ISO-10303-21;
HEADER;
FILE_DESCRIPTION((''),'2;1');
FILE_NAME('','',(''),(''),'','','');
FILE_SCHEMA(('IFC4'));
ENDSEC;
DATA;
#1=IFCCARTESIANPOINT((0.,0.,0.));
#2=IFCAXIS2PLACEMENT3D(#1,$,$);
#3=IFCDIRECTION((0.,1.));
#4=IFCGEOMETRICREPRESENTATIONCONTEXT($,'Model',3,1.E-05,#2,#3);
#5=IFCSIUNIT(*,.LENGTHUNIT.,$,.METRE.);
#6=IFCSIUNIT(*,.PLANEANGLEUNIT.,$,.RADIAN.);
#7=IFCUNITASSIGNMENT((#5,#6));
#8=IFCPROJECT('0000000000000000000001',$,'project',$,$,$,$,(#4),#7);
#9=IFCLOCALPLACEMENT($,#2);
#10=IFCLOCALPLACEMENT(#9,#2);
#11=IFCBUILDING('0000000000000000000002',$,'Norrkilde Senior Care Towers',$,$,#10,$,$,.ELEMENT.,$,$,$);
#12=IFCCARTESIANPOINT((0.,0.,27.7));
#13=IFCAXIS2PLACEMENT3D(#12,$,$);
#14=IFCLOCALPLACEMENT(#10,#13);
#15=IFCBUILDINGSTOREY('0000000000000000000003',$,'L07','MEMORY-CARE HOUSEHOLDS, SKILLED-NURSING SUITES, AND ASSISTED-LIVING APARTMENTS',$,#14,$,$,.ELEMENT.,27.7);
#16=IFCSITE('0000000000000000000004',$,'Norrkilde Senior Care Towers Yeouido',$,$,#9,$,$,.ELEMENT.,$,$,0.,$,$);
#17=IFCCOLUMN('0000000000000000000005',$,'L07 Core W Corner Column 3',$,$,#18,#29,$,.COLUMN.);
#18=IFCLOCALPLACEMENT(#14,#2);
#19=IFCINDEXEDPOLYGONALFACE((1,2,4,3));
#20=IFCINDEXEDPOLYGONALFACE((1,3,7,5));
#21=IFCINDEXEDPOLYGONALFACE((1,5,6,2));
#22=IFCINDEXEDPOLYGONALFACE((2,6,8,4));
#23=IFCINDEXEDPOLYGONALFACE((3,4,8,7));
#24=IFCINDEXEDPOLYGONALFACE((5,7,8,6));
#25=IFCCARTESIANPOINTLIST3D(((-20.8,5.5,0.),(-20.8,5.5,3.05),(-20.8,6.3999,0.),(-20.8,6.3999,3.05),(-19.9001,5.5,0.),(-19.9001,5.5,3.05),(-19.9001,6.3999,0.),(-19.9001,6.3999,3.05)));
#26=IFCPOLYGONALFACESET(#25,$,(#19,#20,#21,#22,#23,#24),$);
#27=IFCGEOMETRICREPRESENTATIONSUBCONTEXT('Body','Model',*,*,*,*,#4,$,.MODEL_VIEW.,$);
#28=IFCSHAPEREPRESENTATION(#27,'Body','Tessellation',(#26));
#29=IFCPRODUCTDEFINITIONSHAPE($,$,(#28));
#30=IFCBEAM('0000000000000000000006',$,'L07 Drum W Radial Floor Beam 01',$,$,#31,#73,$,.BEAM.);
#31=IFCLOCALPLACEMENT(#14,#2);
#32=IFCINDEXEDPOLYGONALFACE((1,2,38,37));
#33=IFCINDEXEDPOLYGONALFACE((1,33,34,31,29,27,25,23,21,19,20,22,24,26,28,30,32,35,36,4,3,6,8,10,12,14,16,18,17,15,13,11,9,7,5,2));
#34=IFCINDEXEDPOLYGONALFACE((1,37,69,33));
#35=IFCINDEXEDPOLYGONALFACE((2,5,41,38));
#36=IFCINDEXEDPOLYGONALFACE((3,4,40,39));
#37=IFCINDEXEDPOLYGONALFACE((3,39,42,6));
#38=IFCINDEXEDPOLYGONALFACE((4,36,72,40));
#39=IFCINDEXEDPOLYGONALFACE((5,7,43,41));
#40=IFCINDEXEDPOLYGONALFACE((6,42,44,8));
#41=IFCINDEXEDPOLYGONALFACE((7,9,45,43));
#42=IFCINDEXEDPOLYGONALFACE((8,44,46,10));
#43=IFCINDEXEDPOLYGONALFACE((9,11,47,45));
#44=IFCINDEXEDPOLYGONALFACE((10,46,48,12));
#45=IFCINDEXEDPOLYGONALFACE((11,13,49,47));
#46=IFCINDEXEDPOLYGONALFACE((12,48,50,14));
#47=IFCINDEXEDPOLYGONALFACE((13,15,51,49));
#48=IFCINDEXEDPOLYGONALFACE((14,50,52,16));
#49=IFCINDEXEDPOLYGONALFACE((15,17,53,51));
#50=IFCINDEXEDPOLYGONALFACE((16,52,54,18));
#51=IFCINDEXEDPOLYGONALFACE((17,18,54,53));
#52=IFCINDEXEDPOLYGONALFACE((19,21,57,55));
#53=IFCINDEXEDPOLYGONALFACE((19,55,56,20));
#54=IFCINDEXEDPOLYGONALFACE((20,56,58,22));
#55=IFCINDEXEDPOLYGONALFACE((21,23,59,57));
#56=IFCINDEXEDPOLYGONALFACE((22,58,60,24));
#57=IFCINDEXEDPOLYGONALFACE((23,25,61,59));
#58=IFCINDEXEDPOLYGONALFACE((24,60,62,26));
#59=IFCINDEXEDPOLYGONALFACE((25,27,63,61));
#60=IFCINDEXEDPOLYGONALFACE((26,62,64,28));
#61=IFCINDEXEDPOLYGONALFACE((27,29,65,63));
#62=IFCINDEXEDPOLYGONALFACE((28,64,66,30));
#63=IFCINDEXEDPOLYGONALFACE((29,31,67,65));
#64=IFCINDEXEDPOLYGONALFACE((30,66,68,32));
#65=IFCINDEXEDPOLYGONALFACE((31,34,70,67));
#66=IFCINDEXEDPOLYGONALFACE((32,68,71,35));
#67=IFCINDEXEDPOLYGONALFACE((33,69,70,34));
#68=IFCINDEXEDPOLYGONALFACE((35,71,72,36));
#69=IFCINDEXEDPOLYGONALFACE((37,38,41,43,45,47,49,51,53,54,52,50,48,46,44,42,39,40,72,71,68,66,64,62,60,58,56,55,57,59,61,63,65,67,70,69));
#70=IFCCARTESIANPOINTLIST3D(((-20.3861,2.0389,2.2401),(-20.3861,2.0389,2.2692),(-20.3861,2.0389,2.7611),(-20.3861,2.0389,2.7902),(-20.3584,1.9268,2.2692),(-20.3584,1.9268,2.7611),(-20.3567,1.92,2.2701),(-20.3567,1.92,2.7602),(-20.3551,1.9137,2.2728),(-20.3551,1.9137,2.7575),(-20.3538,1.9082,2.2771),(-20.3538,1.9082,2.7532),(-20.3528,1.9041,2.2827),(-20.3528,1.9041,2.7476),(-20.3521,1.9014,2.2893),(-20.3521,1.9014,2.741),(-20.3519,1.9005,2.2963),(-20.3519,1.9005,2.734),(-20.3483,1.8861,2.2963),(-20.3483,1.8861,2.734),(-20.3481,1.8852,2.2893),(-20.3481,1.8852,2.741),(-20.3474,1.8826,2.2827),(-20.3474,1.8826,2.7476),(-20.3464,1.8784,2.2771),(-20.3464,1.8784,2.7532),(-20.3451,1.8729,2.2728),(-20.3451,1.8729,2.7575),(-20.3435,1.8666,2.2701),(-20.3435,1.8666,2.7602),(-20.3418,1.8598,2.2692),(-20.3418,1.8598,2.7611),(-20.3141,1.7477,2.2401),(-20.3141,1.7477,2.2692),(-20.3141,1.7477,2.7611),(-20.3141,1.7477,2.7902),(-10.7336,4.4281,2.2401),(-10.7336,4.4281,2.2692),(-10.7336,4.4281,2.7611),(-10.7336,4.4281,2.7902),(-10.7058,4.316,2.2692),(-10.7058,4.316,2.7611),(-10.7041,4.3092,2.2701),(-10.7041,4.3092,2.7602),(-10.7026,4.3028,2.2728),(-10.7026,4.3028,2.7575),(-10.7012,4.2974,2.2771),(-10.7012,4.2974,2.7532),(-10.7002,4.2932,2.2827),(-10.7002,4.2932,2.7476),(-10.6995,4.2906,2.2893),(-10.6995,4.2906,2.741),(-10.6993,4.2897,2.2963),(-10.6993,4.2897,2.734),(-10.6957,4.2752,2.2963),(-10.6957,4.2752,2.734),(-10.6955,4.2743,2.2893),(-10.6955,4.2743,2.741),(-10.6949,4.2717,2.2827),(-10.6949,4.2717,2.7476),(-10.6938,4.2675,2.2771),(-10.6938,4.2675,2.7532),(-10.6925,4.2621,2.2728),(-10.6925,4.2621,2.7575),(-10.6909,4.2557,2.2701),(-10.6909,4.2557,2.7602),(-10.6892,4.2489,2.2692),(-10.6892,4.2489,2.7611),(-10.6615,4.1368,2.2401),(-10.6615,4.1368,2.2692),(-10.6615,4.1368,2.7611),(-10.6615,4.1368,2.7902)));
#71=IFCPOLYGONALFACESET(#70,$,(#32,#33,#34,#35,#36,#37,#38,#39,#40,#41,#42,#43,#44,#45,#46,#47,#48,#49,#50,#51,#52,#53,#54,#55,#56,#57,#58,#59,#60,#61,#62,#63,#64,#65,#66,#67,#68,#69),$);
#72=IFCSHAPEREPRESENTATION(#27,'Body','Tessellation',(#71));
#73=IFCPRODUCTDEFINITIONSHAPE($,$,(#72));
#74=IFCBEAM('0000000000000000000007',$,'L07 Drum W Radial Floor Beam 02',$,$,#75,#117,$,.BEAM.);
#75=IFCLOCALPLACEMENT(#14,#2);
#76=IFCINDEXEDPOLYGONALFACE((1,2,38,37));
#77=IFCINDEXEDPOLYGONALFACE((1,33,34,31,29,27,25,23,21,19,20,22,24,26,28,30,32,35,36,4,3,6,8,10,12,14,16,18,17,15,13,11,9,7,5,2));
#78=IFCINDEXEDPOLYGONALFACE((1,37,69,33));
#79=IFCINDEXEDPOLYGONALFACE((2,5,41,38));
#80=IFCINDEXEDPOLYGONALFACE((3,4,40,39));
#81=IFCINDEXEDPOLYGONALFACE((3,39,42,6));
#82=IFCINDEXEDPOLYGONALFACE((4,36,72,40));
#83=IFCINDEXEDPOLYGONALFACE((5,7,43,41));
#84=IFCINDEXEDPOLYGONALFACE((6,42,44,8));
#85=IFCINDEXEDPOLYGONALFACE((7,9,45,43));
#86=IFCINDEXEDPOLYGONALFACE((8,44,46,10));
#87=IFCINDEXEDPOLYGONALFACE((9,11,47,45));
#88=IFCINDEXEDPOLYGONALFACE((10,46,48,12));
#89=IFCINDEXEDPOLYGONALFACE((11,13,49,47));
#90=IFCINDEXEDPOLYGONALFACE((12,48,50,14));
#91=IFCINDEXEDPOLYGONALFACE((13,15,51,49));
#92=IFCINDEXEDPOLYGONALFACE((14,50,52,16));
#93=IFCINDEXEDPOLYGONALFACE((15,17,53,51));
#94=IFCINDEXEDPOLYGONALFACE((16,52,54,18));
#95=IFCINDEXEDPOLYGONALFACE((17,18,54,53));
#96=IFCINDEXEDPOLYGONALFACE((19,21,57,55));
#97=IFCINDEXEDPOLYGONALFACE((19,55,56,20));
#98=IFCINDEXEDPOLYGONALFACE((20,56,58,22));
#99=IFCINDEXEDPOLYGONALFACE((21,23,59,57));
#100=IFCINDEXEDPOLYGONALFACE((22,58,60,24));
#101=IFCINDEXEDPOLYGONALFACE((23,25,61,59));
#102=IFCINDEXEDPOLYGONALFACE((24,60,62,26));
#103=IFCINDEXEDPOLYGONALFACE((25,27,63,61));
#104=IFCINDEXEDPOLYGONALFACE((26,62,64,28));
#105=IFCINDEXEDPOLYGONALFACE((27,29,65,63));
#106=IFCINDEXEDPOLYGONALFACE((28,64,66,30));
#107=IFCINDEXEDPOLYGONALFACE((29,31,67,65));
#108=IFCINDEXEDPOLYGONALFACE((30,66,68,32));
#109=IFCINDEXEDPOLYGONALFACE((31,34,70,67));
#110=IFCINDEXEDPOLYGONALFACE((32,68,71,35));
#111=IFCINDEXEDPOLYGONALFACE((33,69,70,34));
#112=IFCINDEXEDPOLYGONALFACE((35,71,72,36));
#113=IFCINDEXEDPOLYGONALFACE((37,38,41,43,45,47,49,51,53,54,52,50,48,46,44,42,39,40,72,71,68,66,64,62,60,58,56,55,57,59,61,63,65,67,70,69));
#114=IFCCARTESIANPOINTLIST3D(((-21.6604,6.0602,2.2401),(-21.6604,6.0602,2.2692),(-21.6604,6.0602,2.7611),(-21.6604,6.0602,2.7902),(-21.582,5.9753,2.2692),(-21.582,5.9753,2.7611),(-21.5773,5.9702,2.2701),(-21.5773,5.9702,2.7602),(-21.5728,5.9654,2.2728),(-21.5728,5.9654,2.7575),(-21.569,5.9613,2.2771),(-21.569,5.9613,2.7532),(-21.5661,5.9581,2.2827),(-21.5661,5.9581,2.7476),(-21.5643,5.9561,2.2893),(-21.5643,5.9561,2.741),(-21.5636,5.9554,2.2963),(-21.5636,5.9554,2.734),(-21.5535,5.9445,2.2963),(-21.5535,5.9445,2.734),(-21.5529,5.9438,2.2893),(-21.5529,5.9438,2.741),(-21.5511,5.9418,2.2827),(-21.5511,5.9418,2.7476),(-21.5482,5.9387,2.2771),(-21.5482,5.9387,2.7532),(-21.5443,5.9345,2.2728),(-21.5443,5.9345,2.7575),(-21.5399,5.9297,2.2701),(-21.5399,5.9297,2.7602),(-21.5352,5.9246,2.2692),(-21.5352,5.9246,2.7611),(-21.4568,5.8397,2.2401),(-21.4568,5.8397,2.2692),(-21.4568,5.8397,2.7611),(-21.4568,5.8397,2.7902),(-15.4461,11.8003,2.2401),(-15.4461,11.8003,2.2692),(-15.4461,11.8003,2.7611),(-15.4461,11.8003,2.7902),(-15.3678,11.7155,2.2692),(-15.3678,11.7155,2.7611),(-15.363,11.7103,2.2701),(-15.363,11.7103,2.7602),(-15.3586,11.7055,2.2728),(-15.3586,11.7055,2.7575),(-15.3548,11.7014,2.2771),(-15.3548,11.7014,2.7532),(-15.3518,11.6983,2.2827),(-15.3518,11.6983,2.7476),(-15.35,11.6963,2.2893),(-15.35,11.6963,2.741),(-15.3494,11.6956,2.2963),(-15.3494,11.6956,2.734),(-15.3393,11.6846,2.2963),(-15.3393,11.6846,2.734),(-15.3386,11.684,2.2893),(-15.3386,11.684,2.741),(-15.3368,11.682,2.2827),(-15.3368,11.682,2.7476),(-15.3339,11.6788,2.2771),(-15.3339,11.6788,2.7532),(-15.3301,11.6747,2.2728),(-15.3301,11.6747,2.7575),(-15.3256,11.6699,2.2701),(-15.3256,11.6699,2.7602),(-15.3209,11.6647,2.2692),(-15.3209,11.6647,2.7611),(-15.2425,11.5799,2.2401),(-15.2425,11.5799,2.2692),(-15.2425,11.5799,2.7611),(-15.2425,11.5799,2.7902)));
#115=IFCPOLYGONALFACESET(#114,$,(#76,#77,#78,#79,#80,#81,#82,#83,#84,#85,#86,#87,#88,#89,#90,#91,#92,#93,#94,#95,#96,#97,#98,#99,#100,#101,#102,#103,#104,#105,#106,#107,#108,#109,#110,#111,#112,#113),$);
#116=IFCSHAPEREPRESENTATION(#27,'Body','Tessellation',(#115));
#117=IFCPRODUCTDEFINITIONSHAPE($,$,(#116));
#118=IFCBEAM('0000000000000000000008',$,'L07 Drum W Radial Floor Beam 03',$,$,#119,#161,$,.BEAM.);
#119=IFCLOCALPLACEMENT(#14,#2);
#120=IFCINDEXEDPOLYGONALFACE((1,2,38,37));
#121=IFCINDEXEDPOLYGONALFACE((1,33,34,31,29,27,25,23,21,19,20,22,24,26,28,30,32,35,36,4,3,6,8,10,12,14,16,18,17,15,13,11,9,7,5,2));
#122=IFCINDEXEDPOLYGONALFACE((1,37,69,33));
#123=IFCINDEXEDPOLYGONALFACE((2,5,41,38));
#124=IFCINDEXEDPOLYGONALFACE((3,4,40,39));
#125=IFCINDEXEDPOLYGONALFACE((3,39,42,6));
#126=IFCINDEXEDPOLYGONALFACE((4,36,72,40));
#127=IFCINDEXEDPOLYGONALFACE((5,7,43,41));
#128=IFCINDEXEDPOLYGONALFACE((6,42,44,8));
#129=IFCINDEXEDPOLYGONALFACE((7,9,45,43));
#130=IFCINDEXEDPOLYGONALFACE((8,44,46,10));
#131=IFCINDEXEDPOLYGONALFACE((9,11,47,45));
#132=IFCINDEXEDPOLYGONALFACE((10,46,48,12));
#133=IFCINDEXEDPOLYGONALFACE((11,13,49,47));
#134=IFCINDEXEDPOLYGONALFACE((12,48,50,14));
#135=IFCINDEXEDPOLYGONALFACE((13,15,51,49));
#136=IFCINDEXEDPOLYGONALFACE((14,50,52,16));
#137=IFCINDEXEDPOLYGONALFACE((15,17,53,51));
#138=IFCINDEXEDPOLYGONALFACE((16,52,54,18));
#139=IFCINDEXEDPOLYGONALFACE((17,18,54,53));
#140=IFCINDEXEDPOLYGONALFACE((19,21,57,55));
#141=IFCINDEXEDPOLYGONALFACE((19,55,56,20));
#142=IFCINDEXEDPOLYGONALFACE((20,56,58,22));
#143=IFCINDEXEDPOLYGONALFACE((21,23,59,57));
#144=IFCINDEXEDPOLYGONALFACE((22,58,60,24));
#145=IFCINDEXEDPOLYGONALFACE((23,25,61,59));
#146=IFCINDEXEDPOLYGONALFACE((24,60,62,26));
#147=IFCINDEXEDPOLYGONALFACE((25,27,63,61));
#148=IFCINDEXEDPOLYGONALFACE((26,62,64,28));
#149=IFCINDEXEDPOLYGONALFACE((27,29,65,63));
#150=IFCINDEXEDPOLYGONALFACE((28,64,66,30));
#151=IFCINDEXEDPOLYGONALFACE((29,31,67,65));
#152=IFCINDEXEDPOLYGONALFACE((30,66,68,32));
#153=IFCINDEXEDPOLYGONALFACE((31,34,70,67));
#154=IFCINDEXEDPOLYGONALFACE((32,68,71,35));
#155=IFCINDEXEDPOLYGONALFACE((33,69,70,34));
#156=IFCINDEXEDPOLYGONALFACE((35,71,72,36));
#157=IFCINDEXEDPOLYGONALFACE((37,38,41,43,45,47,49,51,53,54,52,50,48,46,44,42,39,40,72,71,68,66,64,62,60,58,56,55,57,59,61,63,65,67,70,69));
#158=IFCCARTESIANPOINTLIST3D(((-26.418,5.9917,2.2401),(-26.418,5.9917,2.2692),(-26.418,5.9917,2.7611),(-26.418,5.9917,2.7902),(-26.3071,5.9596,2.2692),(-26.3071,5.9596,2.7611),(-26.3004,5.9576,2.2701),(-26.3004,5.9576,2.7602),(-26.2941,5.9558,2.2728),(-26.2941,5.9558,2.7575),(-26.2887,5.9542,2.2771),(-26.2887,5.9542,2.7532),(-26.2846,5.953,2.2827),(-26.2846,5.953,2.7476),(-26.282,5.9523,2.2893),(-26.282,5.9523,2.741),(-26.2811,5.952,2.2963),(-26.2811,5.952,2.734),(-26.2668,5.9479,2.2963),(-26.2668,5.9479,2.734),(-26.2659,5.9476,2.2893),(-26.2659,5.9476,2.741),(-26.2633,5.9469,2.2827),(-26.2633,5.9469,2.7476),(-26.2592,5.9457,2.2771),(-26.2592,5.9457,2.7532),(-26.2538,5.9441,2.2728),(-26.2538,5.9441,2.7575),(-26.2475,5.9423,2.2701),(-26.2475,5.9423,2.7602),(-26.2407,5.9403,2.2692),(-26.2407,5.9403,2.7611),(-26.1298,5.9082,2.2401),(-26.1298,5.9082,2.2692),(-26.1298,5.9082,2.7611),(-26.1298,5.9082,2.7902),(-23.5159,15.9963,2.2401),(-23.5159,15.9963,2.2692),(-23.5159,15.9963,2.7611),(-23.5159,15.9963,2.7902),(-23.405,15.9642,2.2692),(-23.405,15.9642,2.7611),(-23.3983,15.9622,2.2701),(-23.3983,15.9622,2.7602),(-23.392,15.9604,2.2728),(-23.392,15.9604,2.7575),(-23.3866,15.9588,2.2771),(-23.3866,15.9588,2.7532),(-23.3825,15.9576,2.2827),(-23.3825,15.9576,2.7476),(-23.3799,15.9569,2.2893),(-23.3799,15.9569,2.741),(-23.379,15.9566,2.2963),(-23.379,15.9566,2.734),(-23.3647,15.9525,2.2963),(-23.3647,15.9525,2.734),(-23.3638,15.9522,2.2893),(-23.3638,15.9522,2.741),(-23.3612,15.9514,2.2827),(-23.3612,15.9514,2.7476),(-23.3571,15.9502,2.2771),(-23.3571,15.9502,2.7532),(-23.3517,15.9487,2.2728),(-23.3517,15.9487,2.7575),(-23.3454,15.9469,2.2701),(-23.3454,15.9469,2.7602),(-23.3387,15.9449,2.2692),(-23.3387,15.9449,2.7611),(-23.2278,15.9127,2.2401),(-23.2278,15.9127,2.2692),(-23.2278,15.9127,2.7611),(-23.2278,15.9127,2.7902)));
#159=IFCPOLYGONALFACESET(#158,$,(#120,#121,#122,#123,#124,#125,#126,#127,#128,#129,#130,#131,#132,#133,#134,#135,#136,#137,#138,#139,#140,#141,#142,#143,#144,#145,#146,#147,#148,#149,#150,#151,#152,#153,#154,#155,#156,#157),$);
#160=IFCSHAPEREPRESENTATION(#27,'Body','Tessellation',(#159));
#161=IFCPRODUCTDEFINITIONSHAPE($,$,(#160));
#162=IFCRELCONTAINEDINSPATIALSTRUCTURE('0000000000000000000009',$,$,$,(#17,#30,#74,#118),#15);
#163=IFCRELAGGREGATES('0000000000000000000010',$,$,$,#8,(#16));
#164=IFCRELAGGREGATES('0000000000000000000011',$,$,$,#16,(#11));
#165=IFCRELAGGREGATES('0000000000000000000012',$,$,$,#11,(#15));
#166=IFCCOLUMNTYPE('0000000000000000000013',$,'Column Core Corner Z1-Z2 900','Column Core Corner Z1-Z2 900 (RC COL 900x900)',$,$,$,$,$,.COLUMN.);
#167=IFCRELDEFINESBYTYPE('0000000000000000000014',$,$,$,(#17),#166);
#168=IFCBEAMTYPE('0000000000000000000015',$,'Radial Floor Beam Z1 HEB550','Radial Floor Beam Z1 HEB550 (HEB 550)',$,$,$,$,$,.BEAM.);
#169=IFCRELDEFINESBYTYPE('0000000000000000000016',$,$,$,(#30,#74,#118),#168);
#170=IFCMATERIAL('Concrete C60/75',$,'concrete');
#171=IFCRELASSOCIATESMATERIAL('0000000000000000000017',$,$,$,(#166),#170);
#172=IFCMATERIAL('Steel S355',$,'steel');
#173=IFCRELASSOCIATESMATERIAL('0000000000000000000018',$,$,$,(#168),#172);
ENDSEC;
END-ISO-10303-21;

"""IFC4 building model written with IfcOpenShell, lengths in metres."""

from ifc_helpers import new_model, si_unit, direction, frame, origin, origin_2d, place, context, subcontext, project, spatial, rectangle, i_section, extrude, source, transform, mapped, material, material_profile, profile_set, type_object, type_shapes, element, save


model = new_model("IFC4")

# Units and contexts
model_context = context("Model", 3, precision=1e-05, world=origin(), true_north=direction((0.0, 1.0)))
body_context = subcontext(model_context, "Body", "Model", "MODEL_VIEW")
ifc_project = project(units=[si_unit("LENGTHUNIT", "METRE"), si_unit("PLANEANGLEUNIT", "RADIAN")], contexts=[model_context])

# Site, building, storey
site_placement = place(None, origin())
site = spatial("IfcSite", under=ifc_project, at=site_placement, Name="Norrkilde Senior Care Towers Yeouido", CompositionType="ELEMENT", RefElevation=0.0)
building_placement = place(site_placement, origin())
building = spatial("IfcBuilding", under=site, at=building_placement, Name="Norrkilde Senior Care Towers", CompositionType="ELEMENT")
storey_placement = place(building_placement, frame((0.0, 0.0, 27.7)))
storey = spatial("IfcBuildingStorey", under=building, at=storey_placement, Name="L07", Description="MEMORY-CARE HOUSEHOLDS, SKILLED-NURSING SUITES, AND ASSISTED-LIVING APARTMENTS", CompositionType="ELEMENT", Elevation=27.7)

# Column
ifc_material_1 = material(Name="Concrete C60/75", Category="concrete")
ifc_material_profile_1 = material_profile(ifc_material_1, rectangle(XDim=0.8999, YDim=0.8999, at=origin_2d()), Name="RC COL 900x900")
ifc_profile_set_1 = profile_set([ifc_material_profile_1], Name="Concrete C60/75")
column_type = type_object("IfcColumnType", Name="Column Core Corner Z1-Z2 900", Description="Column Core Corner Z1-Z2 900 (RC COL 900x900)", PredefinedType="COLUMN", material=ifc_profile_set_1)
shared_shape_1 = source(origin(), body_context, "Body", "SweptSolid", [
    extrude(rectangle(XDim=0.8999, YDim=0.8999, at=origin_2d()), origin(), (0.0, 0.0, 1.0), 3.05),
])
type_shapes(column_type, [shared_shape_1])
column_placement = place(storey_placement, frame((-20.3501, 5.95, 0.0), z_axis=(0.0, 0.0, 1.0), x_axis=(1.0, 0.0, 0.0)))
element("IfcColumn", 1, at=column_placement, inside=storey, type_object=column_type, Name="L07 Core W Corner Column 3", PredefinedType="COLUMN", context=body_context, shape_type="MappedRepresentation", body=[
    mapped(shared_shape_1, transform((0.0, 0.0, 0.0), x_axis=(1.0, 0.0, 0.0), y_axis=(0.0, 1.0, 0.0), z_axis=(0.0, 0.0, 1.0), scale=1.0)),
])

# Beams
ifc_material_2 = material(Name="Steel S355", Category="steel")
ifc_material_profile_2 = material_profile(ifc_material_2, i_section(OverallWidth=0.3, OverallDepth=0.55, WebThickness=0.0149, FlangeThickness=0.0291, FilletRadius=0.0271, at=origin_2d()), Name="HEB 550")
ifc_profile_set_2 = profile_set([ifc_material_profile_2], Name="Steel S355")
beam_type = type_object("IfcBeamType", Name="Radial Floor Beam Z1 HEB550", Description="Radial Floor Beam Z1 HEB550 (HEB 550)", PredefinedType="BEAM", material=ifc_profile_set_2)
shared_shape_2 = source(origin(), body_context, "Body", "SweptSolid", [
    extrude(i_section(OverallWidth=0.3, OverallDepth=0.55, WebThickness=0.0149, FlangeThickness=0.0291, FilletRadius=0.0271, at=origin_2d()), origin(), (0.0, 0.0, 1.0), 9.9438),
])
beam_1_placement = place(storey_placement, frame((-20.3501, 1.8933, 2.5151), z_axis=(0.970707, 0.240265, 0.0), x_axis=(-0.240265, 0.970707, 0.0)))
element("IfcBeam", 2, at=beam_1_placement, inside=storey, type_object=beam_type, Name="L07 Drum W Radial Floor Beam 01", PredefinedType="BEAM", context=body_context, shape_type="MappedRepresentation", body=[
    mapped(shared_shape_2, transform((0.0, 0.0, 0.0), x_axis=(1.0, 0.0, 0.0), y_axis=(0.0, 1.0, 0.0), z_axis=(0.0, 0.0, 1.0), scale=1.0)),
])
shared_shape_3 = source(origin(), body_context, "Body", "SweptSolid", [
    extrude(i_section(OverallWidth=0.3, OverallDepth=0.55, WebThickness=0.0149, FlangeThickness=0.0291, FilletRadius=0.0271, at=origin_2d()), origin(), (0.0, 0.0, 1.0), 8.4597),
])
beam_2_placement = place(storey_placement, frame((-21.5586, 5.95, 2.5151), z_axis=(0.734573, 0.678529, 0.0), x_axis=(-0.678529, 0.734573, 0.0)))
element("IfcBeam", 3, at=beam_2_placement, inside=storey, type_object=beam_type, Name="L07 Drum W Radial Floor Beam 02", PredefinedType="BEAM", context=body_context, shape_type="MappedRepresentation", body=[
    mapped(shared_shape_3, transform((0.0, 0.0, 0.0), x_axis=(1.0, 0.0, 0.0), y_axis=(0.0, 1.0, 0.0), z_axis=(0.0, 0.0, 1.0), scale=1.0)),
])
shared_shape_4 = source(origin(), body_context, "Body", "SweptSolid", [
    extrude(i_section(OverallWidth=0.3, OverallDepth=0.55, WebThickness=0.0149, FlangeThickness=0.0291, FilletRadius=0.0271, at=origin_2d()), origin(), (0.0, 0.0, 1.0), 10.417),
])
type_shapes(beam_type, [shared_shape_2, shared_shape_3, shared_shape_4])
beam_3_placement = place(storey_placement, frame((-26.2739, 5.95, 2.5151), z_axis=(0.278591, 0.96041, 0.0), x_axis=(-0.96041, 0.278591, 0.0)))
element("IfcBeam", 4, at=beam_3_placement, inside=storey, type_object=beam_type, Name="L07 Drum W Radial Floor Beam 03", PredefinedType="BEAM", context=body_context, shape_type="MappedRepresentation", body=[
    mapped(shared_shape_4, transform((0.0, 0.0, 0.0), x_axis=(1.0, 0.0, 0.0), y_axis=(0.0, 1.0, 0.0), z_axis=(0.0, 0.0, 1.0), scale=1.0)),
])

save(model, "model.ifc")
